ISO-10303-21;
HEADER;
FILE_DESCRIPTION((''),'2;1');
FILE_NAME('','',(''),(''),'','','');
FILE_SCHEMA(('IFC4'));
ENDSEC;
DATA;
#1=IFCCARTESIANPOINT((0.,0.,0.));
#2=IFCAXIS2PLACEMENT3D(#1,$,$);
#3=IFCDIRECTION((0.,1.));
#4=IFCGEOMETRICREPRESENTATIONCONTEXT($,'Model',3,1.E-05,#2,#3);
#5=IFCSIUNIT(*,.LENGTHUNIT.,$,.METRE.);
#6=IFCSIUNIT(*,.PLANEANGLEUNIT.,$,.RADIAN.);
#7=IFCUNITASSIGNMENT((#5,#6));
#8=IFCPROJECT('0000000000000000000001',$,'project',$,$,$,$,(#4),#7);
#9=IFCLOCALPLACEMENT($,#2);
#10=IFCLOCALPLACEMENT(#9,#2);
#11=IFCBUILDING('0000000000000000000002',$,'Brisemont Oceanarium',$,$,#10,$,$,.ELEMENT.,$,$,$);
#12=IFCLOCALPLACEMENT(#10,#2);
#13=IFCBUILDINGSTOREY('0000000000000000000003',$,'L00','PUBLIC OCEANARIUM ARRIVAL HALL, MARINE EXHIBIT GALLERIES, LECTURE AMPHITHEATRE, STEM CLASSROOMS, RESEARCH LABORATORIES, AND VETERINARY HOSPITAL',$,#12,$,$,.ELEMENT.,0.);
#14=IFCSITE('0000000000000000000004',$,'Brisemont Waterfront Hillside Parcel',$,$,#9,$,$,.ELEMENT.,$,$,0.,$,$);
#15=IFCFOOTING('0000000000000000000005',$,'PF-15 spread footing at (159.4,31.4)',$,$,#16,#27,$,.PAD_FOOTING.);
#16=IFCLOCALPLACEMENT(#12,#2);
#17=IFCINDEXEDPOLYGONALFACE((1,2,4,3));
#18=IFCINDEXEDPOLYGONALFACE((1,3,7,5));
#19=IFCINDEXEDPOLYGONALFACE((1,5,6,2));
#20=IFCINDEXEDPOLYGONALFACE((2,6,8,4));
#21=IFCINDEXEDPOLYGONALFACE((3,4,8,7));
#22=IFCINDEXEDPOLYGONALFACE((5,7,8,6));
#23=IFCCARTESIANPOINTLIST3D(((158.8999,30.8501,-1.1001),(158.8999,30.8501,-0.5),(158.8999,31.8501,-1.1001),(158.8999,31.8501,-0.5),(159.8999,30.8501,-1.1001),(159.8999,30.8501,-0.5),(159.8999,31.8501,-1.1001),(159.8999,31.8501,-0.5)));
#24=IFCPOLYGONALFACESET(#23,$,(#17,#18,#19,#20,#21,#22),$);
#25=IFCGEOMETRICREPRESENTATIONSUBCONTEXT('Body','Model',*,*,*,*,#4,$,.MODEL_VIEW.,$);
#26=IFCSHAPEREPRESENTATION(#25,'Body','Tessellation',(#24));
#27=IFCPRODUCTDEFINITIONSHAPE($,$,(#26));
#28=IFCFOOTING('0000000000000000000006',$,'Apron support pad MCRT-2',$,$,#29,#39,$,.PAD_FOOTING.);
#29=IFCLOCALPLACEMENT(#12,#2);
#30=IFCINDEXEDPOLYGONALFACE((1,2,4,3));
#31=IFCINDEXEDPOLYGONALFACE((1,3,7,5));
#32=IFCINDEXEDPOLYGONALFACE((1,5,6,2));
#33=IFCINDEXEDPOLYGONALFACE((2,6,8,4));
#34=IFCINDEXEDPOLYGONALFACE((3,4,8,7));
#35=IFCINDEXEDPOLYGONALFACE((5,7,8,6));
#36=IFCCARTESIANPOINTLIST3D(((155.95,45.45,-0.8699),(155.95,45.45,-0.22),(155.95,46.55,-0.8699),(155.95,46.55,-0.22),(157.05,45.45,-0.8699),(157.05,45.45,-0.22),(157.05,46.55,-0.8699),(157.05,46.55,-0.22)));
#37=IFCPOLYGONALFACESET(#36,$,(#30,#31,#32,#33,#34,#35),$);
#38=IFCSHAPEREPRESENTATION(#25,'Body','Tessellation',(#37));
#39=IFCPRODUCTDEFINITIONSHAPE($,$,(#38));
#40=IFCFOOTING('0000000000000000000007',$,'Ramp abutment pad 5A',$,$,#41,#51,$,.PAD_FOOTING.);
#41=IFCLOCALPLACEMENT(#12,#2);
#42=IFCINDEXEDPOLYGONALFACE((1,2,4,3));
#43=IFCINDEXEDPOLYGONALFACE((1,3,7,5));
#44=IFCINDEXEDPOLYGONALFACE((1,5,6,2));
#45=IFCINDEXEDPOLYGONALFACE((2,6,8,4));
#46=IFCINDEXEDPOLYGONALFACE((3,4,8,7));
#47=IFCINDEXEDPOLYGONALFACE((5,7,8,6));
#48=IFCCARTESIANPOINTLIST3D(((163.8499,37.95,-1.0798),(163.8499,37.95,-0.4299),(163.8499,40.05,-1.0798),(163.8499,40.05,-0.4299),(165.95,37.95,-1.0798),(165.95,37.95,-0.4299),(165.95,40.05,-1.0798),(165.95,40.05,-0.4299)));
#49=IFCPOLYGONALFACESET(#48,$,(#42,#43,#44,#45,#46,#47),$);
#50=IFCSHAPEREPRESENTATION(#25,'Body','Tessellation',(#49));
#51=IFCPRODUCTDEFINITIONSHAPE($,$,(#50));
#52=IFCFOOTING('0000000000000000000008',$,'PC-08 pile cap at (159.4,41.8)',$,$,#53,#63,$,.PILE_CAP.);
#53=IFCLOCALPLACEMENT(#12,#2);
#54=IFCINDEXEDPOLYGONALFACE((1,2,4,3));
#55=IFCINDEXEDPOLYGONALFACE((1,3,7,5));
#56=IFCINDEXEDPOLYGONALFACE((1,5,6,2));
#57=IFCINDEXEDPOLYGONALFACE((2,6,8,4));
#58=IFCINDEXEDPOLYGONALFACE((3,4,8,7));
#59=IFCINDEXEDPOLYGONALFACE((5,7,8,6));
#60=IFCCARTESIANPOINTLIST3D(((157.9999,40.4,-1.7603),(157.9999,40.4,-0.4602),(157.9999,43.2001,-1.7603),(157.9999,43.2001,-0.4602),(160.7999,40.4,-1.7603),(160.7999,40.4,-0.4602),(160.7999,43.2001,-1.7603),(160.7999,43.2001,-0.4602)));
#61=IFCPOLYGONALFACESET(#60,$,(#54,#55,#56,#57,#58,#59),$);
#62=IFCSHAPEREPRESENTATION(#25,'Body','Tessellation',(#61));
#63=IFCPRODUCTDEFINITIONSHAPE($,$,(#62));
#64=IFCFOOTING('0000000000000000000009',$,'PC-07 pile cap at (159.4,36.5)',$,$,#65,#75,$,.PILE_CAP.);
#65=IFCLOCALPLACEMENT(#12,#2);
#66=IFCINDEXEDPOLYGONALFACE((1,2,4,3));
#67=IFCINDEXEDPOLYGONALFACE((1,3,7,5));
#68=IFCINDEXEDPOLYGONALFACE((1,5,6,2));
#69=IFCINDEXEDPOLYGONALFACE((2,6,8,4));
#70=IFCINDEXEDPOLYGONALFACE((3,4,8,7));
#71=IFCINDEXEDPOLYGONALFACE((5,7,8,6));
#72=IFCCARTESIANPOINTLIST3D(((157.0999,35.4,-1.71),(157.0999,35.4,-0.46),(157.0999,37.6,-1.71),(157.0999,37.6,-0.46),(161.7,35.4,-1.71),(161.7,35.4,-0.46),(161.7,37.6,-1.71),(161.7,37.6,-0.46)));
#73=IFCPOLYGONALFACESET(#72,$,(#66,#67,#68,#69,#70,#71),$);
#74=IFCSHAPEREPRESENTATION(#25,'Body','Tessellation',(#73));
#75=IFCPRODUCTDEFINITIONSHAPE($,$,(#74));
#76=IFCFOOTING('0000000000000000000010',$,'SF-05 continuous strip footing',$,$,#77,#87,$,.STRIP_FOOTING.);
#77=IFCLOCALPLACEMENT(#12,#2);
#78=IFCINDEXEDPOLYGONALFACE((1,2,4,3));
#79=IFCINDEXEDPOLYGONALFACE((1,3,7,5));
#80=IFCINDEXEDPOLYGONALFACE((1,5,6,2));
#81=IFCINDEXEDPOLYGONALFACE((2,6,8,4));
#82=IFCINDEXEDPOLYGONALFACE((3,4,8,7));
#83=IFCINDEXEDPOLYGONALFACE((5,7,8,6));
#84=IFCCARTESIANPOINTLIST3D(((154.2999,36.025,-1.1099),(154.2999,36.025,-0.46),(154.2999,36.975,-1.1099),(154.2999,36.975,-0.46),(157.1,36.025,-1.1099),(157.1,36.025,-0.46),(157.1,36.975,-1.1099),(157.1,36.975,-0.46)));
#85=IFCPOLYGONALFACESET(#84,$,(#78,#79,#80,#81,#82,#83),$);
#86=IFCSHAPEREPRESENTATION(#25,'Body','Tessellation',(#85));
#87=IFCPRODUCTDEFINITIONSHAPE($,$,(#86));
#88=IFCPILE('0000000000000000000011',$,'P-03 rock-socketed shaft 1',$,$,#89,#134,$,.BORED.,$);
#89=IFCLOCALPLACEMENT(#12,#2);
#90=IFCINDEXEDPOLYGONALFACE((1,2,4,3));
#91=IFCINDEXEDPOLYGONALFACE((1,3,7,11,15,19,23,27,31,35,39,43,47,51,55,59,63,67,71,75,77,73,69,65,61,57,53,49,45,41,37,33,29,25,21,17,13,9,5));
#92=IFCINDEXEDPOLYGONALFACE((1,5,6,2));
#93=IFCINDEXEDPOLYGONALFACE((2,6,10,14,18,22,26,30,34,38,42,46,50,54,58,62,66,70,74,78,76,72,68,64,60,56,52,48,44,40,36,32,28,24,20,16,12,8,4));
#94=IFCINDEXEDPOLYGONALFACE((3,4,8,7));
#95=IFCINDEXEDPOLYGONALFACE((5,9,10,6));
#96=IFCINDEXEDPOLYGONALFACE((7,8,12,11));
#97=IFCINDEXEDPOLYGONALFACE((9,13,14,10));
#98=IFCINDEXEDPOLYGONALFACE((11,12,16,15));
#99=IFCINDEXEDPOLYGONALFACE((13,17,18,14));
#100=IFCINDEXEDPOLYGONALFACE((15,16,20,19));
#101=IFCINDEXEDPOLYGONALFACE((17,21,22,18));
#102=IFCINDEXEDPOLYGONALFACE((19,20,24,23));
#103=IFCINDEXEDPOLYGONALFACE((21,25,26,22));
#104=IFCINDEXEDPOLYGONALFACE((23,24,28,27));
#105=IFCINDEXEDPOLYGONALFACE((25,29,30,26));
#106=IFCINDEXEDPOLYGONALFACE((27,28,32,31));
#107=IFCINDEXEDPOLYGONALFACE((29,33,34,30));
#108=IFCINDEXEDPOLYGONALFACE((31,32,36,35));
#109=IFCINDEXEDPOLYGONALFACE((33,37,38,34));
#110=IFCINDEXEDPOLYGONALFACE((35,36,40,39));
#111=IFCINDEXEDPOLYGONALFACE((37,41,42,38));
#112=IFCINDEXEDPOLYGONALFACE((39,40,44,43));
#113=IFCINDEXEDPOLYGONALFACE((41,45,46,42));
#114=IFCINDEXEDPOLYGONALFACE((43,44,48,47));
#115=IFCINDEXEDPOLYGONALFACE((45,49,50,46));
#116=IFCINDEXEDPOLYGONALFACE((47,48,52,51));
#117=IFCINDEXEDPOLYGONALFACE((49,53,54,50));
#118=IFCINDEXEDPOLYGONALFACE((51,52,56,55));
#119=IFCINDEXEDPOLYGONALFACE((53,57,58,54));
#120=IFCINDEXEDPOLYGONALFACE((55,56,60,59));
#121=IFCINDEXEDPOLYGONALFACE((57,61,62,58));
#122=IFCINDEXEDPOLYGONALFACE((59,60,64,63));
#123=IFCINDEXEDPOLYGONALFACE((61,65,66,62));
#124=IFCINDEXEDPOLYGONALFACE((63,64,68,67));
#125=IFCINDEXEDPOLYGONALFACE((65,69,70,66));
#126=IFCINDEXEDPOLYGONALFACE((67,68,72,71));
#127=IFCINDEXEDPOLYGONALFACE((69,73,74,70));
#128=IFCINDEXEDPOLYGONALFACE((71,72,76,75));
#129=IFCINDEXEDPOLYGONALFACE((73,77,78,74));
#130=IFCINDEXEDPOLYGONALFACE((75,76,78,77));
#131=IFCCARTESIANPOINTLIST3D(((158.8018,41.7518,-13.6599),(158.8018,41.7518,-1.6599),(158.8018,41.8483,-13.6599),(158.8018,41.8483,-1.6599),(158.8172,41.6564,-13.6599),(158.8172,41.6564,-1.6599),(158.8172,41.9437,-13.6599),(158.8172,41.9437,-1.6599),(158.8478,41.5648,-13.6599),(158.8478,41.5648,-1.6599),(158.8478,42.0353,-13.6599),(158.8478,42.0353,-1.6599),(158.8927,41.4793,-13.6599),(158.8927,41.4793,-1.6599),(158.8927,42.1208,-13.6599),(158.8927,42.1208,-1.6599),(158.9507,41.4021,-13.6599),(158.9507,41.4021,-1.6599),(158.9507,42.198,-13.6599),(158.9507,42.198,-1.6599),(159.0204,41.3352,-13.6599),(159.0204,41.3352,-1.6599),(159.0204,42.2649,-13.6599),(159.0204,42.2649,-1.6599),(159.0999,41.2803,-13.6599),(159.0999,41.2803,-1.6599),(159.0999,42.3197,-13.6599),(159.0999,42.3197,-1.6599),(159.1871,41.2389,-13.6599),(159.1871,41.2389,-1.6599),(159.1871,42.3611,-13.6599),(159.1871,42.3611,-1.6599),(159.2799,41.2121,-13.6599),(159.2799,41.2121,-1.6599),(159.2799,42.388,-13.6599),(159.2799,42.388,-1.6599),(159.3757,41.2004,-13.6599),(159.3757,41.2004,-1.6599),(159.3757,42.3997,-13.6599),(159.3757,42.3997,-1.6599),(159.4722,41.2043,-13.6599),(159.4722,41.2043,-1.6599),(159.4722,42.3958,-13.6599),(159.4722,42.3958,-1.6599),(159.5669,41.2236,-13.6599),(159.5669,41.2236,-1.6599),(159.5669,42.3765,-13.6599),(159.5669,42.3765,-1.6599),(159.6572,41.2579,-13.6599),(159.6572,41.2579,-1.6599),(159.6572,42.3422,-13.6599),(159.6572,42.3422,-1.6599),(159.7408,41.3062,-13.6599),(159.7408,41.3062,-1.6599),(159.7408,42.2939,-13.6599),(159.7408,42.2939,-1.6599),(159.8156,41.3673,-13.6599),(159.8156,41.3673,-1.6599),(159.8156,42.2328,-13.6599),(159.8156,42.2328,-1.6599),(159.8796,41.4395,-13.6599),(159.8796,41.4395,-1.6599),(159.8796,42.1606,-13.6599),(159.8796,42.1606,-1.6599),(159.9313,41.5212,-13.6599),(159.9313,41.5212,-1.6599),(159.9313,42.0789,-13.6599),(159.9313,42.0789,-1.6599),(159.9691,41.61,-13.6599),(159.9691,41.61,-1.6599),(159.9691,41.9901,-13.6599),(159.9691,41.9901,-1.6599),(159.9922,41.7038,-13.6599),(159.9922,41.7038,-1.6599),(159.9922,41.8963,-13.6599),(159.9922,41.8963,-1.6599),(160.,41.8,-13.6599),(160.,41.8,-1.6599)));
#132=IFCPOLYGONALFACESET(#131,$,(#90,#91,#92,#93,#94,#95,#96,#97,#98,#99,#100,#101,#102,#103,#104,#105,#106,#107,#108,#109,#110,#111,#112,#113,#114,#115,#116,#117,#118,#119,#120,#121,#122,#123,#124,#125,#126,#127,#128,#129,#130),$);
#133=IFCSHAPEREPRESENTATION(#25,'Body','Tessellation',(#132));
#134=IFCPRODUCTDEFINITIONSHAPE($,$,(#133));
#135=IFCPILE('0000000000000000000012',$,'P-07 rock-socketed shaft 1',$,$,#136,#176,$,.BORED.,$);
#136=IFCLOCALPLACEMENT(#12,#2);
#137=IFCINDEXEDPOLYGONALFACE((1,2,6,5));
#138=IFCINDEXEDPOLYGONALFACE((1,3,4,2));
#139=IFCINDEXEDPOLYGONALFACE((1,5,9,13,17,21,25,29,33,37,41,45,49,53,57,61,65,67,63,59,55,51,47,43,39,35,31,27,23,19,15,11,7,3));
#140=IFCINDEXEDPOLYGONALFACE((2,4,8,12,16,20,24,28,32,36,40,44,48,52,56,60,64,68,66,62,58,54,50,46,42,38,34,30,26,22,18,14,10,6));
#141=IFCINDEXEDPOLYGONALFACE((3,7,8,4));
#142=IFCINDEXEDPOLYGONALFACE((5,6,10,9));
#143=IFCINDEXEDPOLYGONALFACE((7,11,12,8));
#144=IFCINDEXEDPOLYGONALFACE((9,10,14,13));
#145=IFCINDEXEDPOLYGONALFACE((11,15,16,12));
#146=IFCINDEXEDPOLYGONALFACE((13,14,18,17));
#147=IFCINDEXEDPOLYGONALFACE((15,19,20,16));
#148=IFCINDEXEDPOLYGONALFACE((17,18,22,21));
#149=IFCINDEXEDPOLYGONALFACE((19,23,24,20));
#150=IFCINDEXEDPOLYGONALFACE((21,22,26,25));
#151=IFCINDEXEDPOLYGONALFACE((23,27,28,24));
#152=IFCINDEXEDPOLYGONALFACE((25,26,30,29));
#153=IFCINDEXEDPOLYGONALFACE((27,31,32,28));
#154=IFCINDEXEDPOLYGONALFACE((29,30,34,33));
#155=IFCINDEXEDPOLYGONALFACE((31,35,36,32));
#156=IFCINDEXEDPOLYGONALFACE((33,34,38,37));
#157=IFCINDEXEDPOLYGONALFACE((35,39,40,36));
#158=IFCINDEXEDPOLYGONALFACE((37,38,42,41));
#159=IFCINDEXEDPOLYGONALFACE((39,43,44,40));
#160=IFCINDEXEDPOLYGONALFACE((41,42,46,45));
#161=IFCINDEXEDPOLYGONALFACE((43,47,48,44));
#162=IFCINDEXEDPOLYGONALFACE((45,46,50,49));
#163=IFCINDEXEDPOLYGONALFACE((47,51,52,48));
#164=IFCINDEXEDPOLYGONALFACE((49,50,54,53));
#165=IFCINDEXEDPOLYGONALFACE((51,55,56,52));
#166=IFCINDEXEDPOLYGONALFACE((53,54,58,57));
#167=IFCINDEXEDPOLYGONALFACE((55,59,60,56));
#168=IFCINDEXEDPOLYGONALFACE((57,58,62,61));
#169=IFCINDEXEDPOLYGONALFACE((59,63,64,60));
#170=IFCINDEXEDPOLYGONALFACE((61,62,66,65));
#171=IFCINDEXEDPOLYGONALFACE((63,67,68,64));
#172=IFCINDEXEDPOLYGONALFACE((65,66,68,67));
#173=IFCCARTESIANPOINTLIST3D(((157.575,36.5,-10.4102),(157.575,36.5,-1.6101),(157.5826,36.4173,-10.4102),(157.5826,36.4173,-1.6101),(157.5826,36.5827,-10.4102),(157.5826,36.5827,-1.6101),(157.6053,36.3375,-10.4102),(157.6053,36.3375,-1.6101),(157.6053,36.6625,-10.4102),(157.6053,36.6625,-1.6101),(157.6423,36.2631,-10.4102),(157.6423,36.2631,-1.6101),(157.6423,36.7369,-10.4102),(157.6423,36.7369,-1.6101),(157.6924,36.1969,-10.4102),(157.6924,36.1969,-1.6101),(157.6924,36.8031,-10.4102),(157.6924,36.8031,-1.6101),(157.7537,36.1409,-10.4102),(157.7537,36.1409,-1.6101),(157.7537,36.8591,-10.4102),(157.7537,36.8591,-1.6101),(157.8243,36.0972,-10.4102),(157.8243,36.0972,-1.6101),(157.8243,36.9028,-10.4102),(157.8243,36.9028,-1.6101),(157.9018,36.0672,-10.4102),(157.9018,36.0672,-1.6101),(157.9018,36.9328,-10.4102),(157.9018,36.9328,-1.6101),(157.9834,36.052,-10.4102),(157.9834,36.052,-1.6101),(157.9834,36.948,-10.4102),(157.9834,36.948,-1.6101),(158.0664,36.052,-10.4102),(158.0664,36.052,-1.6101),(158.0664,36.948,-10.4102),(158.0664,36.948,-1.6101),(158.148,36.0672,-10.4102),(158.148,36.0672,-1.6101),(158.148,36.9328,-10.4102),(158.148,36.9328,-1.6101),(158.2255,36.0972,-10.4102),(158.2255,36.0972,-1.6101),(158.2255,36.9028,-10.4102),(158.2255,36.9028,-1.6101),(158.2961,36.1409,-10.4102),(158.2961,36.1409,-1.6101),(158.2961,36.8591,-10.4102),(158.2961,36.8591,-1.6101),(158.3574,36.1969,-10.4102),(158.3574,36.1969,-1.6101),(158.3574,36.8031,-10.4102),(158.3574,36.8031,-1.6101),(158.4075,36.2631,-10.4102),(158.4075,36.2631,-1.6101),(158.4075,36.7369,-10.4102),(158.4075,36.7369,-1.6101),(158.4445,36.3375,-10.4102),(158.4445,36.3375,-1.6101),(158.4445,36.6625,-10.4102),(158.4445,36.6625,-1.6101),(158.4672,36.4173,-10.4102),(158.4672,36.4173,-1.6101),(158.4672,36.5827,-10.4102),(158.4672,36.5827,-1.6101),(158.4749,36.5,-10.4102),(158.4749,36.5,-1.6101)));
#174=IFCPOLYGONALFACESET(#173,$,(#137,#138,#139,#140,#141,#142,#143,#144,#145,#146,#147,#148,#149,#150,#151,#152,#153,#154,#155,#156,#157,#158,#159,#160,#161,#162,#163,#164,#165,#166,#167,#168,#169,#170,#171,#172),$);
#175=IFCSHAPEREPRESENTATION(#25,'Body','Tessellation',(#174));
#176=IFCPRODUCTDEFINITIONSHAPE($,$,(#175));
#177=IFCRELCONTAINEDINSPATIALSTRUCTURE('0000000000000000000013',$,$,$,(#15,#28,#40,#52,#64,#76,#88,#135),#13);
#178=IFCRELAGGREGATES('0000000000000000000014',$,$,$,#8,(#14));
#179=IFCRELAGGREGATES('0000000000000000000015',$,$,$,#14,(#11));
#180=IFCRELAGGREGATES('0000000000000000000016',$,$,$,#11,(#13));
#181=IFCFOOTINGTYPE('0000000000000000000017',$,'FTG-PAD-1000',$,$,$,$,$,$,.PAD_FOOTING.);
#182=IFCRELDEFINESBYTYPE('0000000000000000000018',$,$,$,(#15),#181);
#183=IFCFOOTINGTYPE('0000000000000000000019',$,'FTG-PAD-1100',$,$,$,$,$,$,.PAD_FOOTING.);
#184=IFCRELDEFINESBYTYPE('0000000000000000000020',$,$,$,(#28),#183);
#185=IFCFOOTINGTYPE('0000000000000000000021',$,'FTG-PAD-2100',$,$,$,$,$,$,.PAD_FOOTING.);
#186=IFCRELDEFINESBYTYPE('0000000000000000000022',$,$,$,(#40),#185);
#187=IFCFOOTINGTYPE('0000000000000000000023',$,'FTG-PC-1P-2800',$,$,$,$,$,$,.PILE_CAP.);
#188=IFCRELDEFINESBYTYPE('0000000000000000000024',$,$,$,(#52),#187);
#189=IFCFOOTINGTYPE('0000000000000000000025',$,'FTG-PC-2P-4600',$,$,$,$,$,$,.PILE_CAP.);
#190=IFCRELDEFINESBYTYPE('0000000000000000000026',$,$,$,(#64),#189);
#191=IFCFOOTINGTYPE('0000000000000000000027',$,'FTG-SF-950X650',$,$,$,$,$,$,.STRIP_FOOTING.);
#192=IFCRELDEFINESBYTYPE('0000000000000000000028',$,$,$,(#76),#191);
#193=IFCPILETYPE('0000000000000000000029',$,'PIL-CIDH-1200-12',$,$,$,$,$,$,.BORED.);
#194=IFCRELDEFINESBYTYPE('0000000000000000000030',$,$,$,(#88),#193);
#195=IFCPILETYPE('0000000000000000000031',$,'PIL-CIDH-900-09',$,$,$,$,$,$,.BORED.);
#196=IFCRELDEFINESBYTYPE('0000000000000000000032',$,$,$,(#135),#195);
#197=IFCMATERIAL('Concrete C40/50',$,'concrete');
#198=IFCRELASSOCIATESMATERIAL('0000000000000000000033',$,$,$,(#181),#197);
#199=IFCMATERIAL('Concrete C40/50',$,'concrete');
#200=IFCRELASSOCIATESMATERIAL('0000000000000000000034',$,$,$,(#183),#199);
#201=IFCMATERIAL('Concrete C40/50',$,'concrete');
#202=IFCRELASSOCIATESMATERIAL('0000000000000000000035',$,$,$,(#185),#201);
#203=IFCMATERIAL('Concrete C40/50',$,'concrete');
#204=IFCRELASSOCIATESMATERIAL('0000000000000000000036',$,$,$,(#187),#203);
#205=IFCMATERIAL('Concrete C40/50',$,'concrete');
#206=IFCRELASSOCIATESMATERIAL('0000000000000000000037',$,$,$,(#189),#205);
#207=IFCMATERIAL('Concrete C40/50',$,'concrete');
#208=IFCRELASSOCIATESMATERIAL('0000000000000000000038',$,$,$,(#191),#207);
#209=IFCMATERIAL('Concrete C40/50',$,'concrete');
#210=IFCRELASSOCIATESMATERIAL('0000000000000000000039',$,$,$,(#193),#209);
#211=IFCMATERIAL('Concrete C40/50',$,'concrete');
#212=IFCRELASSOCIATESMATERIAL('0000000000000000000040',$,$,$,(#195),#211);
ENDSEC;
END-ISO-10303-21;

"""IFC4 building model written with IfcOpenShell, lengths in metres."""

from ifc_helpers import new_model, si_unit, direction, frame, origin, origin_2d, place, context, subcontext, project, spatial, rectangle, circle, extrude, material, material_profile, profile_set, type_object, element, save


model = new_model("IFC4")

# Units and contexts
model_context = context("Model", 3, precision=1e-05, world=origin(), true_north=direction((0.0, 1.0)))
body_context = subcontext(model_context, "Body", "Model", "MODEL_VIEW")
ifc_project = project(units=[si_unit("LENGTHUNIT", "METRE"), si_unit("PLANEANGLEUNIT", "RADIAN")], contexts=[model_context])

# Site, building, storey
site_placement = place(None, origin())
site = spatial("IfcSite", under=ifc_project, at=site_placement, Name="Brisemont Waterfront Hillside Parcel", CompositionType="ELEMENT", RefElevation=0.0)
building_placement = place(site_placement, origin())
building = spatial("IfcBuilding", under=site, at=building_placement, Name="Brisemont Oceanarium", CompositionType="ELEMENT")
storey_placement = place(building_placement, origin())
storey = spatial("IfcBuildingStorey", under=building, at=storey_placement, Name="L00", Description="PUBLIC OCEANARIUM ARRIVAL HALL, MARINE EXHIBIT GALLERIES, LECTURE AMPHITHEATRE, STEM CLASSROOMS, RESEARCH LABORATORIES, AND VETERINARY HOSPITAL", CompositionType="ELEMENT", Elevation=0.0)

# Footings
ifc_material_1 = material(Name="Concrete C40/50", Category="concrete")
footing_type_1 = type_object("IfcFootingType", Name="FTG-PAD-1000", PredefinedType="PAD_FOOTING", material=ifc_material_1)
footing_1_placement = place(storey_placement, frame((159.3999, 31.3501, -1.1001), z_axis=(0.0, 0.0, 1.0), x_axis=(1.0, 0.0, 0.0)))
element("IfcFooting", 1, at=footing_1_placement, inside=storey, type_object=footing_type_1, Name="PF-15 spread footing at (159.4,31.4)", PredefinedType="PAD_FOOTING", context=body_context, shape_type="SweptSolid", body=[
    extrude(rectangle(XDim=1.0, YDim=1.0, at=origin_2d()), origin(), (0.0, 0.0, 1.0), 0.6001),
])
ifc_material_2 = material(Name="Concrete C40/50", Category="concrete")
footing_type_2 = type_object("IfcFootingType", Name="FTG-PAD-1100", PredefinedType="PAD_FOOTING", material=ifc_material_2)
footing_2_placement = place(storey_placement, frame((156.5, 46.0, -0.8699), z_axis=(0.0, 0.0, 1.0), x_axis=(1.0, 0.0, 0.0)))
element("IfcFooting", 2, at=footing_2_placement, inside=storey, type_object=footing_type_2, Name="Apron support pad MCRT-2", PredefinedType="PAD_FOOTING", context=body_context, shape_type="SweptSolid", body=[
    extrude(rectangle(XDim=1.1001, YDim=1.1001, at=origin_2d()), origin(), (0.0, 0.0, 1.0), 0.6499),
])
ifc_material_3 = material(Name="Concrete C40/50", Category="concrete")
footing_type_3 = type_object("IfcFootingType", Name="FTG-PAD-2100", PredefinedType="PAD_FOOTING", material=ifc_material_3)
footing_3_placement = place(storey_placement, frame((164.8999, 39.0, -1.0798), z_axis=(0.0, 0.0, 1.0), x_axis=(1.0, 0.0, 0.0)))
element("IfcFooting", 3, at=footing_3_placement, inside=storey, type_object=footing_type_3, Name="Ramp abutment pad 5A", PredefinedType="PAD_FOOTING", context=body_context, shape_type="SweptSolid", body=[
    extrude(rectangle(XDim=2.1001, YDim=2.1001, at=origin_2d()), origin(), (0.0, 0.0, 1.0), 0.6499),
])
ifc_material_4 = material(Name="Concrete C40/50", Category="concrete")
footing_type_4 = type_object("IfcFootingType", Name="FTG-PC-1P-2800", PredefinedType="PILE_CAP", material=ifc_material_4)
footing_4_placement = place(storey_placement, frame((159.3999, 41.8, -1.7603), z_axis=(0.0, 0.0, 1.0), x_axis=(1.0, 0.0, 0.0)))
element("IfcFooting", 4, at=footing_4_placement, inside=storey, type_object=footing_type_4, Name="PC-08 pile cap at (159.4,41.8)", PredefinedType="PILE_CAP", context=body_context, shape_type="SweptSolid", body=[
    extrude(rectangle(XDim=2.8, YDim=2.8, at=origin_2d()), origin(), (0.0, 0.0, 1.0), 1.3),
])
ifc_material_5 = material(Name="Concrete C40/50", Category="concrete")
footing_type_5 = type_object("IfcFootingType", Name="FTG-PC-2P-4600", PredefinedType="PILE_CAP", material=ifc_material_5)
footing_5_placement = place(storey_placement, frame((159.3999, 36.5, -1.71), z_axis=(0.0, 0.0, 1.0), x_axis=(1.0, 0.0, 0.0)))
element("IfcFooting", 5, at=footing_5_placement, inside=storey, type_object=footing_type_5, Name="PC-07 pile cap at (159.4,36.5)", PredefinedType="PILE_CAP", context=body_context, shape_type="SweptSolid", body=[
    extrude(rectangle(XDim=4.6001, YDim=2.2, at=origin_2d()), origin(), (0.0, 0.0, 1.0), 1.25),
])
ifc_material_6 = material(Name="Concrete C40/50", Category="concrete")
footing_type_6 = type_object("IfcFootingType", Name="FTG-SF-950X650", PredefinedType="STRIP_FOOTING", material=ifc_material_6)
footing_6_placement = place(storey_placement, frame((155.7, 36.5, -1.1099), z_axis=(0.0, 0.0, 1.0), x_axis=(1.0, 0.0, 0.0)))
element("IfcFooting", 6, at=footing_6_placement, inside=storey, type_object=footing_type_6, Name="SF-05 continuous strip footing", PredefinedType="STRIP_FOOTING", context=body_context, shape_type="SweptSolid", body=[
    extrude(rectangle(XDim=2.8, YDim=0.95, at=origin_2d()), origin(), (0.0, 0.0, 1.0), 0.6499),
])

# Piles
ifc_material_7 = material(Name="Concrete C40/50", Category="concrete")
ifc_material_profile_1 = material_profile(ifc_material_7, circle(Radius=0.6001, at=origin_2d()), Name="CIDH-D1200")
ifc_profile_set_1 = profile_set([ifc_material_profile_1], Name="Concrete C40/50")
pile_type_1 = type_object("IfcPileType", Name="PIL-CIDH-1200-12", PredefinedType="BORED", material=ifc_profile_set_1)
pile_placement = place(storey_placement, frame((159.3999, 41.8, -1.6599), z_axis=(0.0, 0.0, -1.0), x_axis=(1.0, 0.0, 0.0)))
element("IfcPile", 7, at=pile_placement, inside=storey, type_object=pile_type_1, Name="P-03 rock-socketed shaft 1", PredefinedType="BORED", context=body_context, shape_type="SweptSolid", body=[
    extrude(circle(Radius=0.6001, at=origin_2d()), origin(), (0.0, 0.0, 1.0), 12.0),
])
ifc_material_8 = material(Name="Concrete C40/50", Category="concrete")
ifc_material_profile_2 = material_profile(ifc_material_8, circle(Radius=0.45, at=origin_2d()), Name="CIDH-D900")
ifc_profile_set_2 = profile_set([ifc_material_profile_2], Name="Concrete C40/50")
pile_type_2 = type_object("IfcPileType", Name="PIL-CIDH-900-09", PredefinedType="BORED", material=ifc_profile_set_2)
for number, where, z_axis, x_axis, name in (
    (8, (158.0249, 36.5, -1.6101), (0.0, 0.0, -1.0), (1.0, 0.0, 0.0), "P-07 rock-socketed shaft 1"),
):
    element("IfcPile", number, at=place(storey_placement, frame(where, z_axis=z_axis, x_axis=x_axis)), inside=storey, type_object=pile_type_2, Name=name, PredefinedType="BORED", context=body_context, shape_type="SweptSolid", body=[
        extrude(circle(Radius=0.45, at=origin_2d()), origin(), (0.0, 0.0, 1.0), 8.8),
    ])

save(model, "model.ifc")
